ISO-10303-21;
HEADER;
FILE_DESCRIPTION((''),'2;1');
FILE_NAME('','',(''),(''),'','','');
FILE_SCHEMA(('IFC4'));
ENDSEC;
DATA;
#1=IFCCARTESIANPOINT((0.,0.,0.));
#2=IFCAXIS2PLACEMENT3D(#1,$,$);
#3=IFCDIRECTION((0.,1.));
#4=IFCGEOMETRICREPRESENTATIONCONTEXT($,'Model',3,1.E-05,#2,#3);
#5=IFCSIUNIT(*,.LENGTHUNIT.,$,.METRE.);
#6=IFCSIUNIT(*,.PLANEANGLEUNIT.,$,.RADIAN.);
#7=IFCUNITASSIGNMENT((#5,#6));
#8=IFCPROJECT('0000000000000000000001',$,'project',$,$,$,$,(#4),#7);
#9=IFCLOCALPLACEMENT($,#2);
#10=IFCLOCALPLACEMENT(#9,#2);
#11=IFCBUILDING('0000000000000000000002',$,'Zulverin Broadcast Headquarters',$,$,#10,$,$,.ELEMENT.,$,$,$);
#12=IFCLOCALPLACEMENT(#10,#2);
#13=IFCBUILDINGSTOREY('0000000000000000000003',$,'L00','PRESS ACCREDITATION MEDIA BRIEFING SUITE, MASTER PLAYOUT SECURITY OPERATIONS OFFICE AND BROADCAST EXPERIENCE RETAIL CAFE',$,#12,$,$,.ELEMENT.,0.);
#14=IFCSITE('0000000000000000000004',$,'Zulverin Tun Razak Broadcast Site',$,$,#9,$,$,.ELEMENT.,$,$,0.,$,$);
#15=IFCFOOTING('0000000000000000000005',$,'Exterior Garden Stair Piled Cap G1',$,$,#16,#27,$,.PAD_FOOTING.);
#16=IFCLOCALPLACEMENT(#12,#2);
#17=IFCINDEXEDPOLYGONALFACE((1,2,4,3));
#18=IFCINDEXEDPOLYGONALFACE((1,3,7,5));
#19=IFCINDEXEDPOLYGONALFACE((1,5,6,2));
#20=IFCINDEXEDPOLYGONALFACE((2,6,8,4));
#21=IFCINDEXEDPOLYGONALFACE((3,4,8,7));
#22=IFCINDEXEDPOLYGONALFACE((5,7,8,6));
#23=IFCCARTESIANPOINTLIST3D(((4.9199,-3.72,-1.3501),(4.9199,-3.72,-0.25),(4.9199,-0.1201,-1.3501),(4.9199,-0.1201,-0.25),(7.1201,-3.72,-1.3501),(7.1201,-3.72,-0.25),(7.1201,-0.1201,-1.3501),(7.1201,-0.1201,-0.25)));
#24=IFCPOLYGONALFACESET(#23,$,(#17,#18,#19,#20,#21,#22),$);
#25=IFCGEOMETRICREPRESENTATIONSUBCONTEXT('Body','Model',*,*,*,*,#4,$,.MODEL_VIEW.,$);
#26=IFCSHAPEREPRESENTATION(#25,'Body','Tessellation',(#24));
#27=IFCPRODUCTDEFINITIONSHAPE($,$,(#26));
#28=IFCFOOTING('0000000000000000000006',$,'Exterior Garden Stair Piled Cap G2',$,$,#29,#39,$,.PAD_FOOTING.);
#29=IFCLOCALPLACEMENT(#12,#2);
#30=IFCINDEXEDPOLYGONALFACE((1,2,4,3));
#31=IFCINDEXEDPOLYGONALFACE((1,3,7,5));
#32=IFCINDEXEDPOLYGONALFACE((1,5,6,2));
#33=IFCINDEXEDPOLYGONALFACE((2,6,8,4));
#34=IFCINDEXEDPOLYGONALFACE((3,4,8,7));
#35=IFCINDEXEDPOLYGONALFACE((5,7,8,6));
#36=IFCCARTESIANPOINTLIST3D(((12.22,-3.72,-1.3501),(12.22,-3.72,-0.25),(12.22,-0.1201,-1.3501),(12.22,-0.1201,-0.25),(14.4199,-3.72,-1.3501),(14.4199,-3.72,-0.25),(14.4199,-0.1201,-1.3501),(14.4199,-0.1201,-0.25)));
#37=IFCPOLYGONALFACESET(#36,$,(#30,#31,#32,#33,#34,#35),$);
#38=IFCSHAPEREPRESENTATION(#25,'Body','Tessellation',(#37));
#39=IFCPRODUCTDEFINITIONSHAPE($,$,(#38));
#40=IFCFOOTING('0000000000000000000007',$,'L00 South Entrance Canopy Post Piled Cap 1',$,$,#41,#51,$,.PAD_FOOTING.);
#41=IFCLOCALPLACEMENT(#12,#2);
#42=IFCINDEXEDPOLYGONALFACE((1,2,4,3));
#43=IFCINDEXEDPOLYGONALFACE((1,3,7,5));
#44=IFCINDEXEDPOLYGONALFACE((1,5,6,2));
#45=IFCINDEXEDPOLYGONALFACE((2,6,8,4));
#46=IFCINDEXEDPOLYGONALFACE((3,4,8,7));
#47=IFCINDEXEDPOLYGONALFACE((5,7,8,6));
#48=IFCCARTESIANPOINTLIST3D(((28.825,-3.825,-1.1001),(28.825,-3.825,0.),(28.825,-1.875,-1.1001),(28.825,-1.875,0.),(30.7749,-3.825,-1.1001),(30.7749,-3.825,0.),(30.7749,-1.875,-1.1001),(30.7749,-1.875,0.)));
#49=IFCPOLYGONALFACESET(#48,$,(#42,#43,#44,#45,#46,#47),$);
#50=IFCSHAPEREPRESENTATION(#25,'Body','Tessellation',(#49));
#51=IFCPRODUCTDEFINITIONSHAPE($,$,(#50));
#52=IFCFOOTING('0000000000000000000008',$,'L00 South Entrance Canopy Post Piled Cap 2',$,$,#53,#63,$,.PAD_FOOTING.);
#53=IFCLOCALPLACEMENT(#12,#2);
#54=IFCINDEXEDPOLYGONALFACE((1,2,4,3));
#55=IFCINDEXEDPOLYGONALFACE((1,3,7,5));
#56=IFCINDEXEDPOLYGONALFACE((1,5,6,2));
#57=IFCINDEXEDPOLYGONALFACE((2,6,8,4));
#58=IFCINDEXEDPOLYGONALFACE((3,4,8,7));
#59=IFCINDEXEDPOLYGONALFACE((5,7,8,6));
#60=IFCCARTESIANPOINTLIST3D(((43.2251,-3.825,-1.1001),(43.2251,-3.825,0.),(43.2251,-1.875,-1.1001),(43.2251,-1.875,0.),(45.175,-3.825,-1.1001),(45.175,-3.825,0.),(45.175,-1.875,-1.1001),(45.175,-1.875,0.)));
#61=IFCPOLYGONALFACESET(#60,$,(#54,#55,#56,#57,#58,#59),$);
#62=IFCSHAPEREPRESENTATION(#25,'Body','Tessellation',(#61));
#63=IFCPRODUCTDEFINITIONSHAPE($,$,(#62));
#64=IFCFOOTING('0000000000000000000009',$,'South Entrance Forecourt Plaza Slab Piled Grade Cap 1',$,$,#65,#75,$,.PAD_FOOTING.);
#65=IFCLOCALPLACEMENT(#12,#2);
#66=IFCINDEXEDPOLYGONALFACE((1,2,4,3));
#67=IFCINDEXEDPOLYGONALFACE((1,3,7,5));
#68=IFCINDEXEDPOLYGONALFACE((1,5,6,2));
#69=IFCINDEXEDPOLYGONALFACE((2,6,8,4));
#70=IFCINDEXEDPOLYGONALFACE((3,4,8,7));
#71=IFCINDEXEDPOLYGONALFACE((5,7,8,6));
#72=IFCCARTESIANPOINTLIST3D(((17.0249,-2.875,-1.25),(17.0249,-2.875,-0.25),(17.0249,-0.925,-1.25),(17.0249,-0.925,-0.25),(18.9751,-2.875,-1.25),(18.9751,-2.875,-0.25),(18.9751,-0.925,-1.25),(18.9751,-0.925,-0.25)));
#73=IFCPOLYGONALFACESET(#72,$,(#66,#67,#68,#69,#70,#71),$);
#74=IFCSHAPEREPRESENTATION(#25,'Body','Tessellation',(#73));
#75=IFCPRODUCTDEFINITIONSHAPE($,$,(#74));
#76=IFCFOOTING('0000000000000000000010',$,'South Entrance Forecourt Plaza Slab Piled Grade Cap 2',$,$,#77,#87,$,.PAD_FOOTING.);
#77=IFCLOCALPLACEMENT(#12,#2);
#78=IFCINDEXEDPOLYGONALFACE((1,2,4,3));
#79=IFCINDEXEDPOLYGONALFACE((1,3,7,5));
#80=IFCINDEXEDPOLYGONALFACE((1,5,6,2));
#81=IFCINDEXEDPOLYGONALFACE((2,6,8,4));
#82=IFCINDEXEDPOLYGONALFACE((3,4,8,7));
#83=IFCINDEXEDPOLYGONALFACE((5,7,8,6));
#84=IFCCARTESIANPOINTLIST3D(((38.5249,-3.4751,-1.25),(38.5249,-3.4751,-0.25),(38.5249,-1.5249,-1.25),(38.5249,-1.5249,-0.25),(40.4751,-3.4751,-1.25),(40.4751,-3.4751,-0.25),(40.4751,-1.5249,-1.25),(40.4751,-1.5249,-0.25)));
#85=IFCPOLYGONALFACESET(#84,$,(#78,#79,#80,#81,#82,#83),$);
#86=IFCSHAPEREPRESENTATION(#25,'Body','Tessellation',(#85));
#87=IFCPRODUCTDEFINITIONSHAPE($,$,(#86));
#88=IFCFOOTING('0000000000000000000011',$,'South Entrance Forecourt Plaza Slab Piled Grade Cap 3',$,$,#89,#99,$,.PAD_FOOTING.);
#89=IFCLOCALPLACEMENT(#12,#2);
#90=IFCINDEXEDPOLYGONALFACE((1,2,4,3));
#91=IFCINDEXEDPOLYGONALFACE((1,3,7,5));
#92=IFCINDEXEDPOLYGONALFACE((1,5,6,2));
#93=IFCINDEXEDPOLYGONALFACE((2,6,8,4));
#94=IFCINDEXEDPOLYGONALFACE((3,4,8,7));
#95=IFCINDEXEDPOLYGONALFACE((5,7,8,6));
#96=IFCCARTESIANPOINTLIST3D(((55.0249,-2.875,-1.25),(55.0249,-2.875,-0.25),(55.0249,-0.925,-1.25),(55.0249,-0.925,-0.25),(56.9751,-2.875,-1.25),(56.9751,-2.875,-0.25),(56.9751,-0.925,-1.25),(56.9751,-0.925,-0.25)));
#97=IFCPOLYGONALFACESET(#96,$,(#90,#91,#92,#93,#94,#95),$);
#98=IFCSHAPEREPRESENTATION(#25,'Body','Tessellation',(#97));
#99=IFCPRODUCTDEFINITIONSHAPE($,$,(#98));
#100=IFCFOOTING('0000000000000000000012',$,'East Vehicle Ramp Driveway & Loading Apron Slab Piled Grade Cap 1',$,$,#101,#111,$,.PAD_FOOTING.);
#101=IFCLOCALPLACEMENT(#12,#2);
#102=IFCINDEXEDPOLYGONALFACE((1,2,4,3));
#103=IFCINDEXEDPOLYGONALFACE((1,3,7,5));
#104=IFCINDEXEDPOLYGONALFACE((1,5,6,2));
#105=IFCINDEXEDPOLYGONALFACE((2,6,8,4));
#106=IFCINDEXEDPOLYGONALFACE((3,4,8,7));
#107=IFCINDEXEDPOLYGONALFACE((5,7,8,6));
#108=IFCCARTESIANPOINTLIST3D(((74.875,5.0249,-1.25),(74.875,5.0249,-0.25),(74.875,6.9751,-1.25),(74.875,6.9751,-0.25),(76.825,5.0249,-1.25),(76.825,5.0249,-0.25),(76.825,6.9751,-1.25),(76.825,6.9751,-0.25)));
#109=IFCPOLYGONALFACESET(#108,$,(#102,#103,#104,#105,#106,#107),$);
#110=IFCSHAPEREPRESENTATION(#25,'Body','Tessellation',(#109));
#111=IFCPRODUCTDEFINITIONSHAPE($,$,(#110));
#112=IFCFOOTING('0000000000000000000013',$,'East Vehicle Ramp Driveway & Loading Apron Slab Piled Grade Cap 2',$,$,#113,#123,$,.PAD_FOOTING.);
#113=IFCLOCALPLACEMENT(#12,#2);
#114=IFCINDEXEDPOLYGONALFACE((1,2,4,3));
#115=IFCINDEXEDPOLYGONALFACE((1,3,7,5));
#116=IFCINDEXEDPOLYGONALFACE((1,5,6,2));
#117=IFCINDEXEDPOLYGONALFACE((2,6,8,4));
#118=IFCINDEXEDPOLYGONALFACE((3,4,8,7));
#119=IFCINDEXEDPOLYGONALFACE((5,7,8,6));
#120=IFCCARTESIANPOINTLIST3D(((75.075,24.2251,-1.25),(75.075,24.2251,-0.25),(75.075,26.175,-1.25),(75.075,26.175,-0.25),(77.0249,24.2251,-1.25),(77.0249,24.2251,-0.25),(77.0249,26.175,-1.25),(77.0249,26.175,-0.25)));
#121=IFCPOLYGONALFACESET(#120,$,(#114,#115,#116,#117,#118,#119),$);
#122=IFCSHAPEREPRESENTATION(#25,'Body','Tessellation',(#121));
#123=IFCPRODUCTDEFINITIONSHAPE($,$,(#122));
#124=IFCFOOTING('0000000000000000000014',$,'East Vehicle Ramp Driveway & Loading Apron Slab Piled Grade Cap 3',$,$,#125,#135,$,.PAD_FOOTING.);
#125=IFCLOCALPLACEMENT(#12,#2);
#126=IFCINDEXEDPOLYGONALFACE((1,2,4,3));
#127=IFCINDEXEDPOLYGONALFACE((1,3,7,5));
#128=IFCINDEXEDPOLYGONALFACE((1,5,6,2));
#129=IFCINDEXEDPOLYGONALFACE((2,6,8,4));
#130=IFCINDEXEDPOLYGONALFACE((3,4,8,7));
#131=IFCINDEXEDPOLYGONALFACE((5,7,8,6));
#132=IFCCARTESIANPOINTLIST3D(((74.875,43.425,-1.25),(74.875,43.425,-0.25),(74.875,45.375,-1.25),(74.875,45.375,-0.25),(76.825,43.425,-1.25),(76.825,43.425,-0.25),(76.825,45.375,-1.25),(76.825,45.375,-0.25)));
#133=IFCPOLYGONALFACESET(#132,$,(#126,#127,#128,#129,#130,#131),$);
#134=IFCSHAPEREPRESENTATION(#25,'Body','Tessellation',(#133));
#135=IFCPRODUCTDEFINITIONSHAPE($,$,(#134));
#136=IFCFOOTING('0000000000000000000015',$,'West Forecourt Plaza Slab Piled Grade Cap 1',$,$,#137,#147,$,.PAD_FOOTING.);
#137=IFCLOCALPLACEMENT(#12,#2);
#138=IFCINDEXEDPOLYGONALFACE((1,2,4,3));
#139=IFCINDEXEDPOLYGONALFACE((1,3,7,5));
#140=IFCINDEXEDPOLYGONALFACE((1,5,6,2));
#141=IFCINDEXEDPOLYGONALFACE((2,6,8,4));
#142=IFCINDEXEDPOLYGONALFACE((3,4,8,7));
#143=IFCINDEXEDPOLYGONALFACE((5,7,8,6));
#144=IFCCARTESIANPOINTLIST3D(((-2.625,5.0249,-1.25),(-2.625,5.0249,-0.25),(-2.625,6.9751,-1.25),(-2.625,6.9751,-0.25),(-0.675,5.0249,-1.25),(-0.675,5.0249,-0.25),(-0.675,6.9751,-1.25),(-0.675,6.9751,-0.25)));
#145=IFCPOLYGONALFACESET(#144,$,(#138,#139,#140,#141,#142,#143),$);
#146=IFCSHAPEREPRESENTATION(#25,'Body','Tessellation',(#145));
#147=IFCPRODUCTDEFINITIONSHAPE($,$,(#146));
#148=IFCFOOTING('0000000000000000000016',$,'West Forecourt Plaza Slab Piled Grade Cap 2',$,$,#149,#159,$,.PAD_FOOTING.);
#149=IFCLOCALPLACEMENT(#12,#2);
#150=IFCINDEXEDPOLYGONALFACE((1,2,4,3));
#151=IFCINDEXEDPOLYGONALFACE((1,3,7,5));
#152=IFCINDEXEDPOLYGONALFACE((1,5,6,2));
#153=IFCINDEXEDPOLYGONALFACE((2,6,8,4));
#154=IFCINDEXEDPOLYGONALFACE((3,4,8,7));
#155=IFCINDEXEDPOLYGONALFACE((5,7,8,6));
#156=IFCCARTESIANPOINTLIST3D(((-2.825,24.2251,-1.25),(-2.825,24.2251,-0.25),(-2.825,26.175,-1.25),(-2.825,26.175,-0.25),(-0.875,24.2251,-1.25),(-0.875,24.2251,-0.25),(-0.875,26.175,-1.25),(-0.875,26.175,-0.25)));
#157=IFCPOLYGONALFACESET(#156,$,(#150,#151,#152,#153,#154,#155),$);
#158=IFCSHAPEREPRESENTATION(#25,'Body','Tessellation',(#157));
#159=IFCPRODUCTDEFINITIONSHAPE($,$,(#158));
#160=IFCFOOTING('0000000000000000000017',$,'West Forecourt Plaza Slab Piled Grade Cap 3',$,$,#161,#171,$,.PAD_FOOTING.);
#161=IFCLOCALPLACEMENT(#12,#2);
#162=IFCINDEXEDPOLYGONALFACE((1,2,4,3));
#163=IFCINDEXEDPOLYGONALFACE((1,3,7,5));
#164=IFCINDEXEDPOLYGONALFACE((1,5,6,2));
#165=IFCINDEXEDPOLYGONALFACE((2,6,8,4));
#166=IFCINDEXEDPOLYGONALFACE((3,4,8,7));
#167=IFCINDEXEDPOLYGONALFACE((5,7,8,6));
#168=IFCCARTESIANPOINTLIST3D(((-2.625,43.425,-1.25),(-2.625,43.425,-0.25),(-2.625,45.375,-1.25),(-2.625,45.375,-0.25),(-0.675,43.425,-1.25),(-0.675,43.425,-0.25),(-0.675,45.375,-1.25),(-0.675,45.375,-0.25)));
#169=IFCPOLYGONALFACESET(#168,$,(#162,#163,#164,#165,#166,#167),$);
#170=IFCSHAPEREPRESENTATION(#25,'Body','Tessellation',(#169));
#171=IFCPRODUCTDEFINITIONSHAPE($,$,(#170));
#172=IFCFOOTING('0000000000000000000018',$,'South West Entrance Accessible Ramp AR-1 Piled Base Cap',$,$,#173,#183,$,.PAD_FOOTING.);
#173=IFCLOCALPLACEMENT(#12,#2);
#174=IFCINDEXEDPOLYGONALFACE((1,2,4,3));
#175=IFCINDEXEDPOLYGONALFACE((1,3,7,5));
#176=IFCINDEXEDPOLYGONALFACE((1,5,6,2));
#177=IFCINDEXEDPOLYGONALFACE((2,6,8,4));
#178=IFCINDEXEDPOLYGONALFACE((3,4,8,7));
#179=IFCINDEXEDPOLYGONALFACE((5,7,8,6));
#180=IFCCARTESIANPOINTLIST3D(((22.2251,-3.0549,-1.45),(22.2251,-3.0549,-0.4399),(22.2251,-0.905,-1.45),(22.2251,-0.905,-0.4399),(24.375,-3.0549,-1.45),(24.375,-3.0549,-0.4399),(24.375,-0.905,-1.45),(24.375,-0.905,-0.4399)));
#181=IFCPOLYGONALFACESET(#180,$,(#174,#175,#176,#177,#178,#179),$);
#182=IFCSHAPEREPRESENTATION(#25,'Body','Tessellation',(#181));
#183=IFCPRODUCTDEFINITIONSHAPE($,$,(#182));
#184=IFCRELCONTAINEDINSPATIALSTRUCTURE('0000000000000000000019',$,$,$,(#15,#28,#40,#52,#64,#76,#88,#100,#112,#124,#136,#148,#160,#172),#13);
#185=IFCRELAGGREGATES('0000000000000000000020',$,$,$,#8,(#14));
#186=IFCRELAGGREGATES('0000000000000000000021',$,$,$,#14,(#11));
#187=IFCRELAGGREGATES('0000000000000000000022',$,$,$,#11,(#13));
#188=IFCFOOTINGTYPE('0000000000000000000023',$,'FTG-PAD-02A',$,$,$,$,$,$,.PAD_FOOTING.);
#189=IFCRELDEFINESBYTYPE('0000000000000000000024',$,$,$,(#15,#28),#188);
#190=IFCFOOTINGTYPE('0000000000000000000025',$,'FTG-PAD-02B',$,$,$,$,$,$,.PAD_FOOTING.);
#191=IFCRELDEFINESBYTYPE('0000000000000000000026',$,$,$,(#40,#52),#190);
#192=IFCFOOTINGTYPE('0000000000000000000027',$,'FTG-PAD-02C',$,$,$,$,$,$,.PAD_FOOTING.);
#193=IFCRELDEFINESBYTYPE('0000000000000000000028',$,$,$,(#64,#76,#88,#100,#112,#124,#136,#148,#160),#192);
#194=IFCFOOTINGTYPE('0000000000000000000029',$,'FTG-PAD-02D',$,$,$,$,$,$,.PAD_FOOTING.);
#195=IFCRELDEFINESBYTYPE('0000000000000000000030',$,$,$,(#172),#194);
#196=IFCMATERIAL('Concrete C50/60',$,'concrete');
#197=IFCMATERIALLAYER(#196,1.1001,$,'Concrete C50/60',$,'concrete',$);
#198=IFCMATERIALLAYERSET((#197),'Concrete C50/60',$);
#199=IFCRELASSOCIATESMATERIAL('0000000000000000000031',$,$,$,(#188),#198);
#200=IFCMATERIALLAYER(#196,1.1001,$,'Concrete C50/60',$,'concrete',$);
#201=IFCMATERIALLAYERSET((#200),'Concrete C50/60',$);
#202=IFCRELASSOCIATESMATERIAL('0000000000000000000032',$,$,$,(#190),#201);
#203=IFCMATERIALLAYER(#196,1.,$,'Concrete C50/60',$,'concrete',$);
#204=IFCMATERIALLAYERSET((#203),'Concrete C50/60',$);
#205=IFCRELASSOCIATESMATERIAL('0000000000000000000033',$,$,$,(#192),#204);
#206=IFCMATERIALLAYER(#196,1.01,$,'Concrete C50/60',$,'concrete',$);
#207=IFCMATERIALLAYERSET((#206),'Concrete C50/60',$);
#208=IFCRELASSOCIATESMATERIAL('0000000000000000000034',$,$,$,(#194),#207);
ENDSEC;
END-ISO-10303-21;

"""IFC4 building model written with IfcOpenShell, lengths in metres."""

from ifc_helpers import new_model, si_unit, direction, frame, origin, place, context, subcontext, project, spatial, polyline, outline, extrude, material, layer, layer_set, type_object, element, save


model = new_model("IFC4")

# Units and contexts
model_context = context("Model", 3, precision=1e-05, world=origin(), true_north=direction((0.0, 1.0)))
body_context = subcontext(model_context, "Body", "Model", "MODEL_VIEW")
ifc_project = project(units=[si_unit("LENGTHUNIT", "METRE"), si_unit("PLANEANGLEUNIT", "RADIAN")], contexts=[model_context])

# Site, building, storey
site_placement = place(None, origin())
site = spatial("IfcSite", under=ifc_project, at=site_placement, Name="Zulverin Tun Razak Broadcast Site", CompositionType="ELEMENT", RefElevation=0.0)
building_placement = place(site_placement, origin())
building = spatial("IfcBuilding", under=site, at=building_placement, Name="Zulverin Broadcast Headquarters", CompositionType="ELEMENT")
storey_placement = place(building_placement, origin())
storey = spatial("IfcBuildingStorey", under=building, at=storey_placement, Name="L00", Description="PRESS ACCREDITATION MEDIA BRIEFING SUITE, MASTER PLAYOUT SECURITY OPERATIONS OFFICE AND BROADCAST EXPERIENCE RETAIL CAFE", CompositionType="ELEMENT", Elevation=0.0)

# Footings
ifc_material_1 = material(Name="Concrete C50/60", Category="concrete")
ifc_layer_1 = layer(ifc_material_1, 1.1001, Name="Concrete C50/60", Category="concrete")
ifc_layer_set_1 = layer_set([ifc_layer_1], Name="Concrete C50/60")
footing_type_1 = type_object("IfcFootingType", Name="FTG-PAD-02A", PredefinedType="PAD_FOOTING", material=ifc_layer_set_1)
footing_1_placement = place(storey_placement, frame((0.0, 0.0, -1.3501)))
element("IfcFooting", 1, at=footing_1_placement, inside=storey, type_object=footing_type_1, Name="Exterior Garden Stair Piled Cap G1", PredefinedType="PAD_FOOTING", context=body_context, shape_type="SweptSolid", body=[
    extrude(outline(polyline([(4.9199, -3.72), (7.1201, -3.72), (7.1201, -0.1201), (4.9199, -0.1201), (4.9199, -3.72)])), origin(), (0.0, 0.0, 1.0), 1.1001),
])
footing_2_placement = place(storey_placement, frame((0.0, 0.0, -1.3501)))
element("IfcFooting", 2, at=footing_2_placement, inside=storey, type_object=footing_type_1, Name="Exterior Garden Stair Piled Cap G2", PredefinedType="PAD_FOOTING", context=body_context, shape_type="SweptSolid", body=[
    extrude(outline(polyline([(12.22, -3.72), (14.4199, -3.72), (14.4199, -0.1201), (12.22, -0.1201), (12.22, -3.72)])), origin(), (0.0, 0.0, 1.0), 1.1001),
])
ifc_layer_2 = layer(ifc_material_1, 1.1001, Name="Concrete C50/60", Category="concrete")
ifc_layer_set_2 = layer_set([ifc_layer_2], Name="Concrete C50/60")
footing_type_2 = type_object("IfcFootingType", Name="FTG-PAD-02B", PredefinedType="PAD_FOOTING", material=ifc_layer_set_2)
footing_3_placement = place(storey_placement, frame((0.0, 0.0, -1.1001)))
element("IfcFooting", 3, at=footing_3_placement, inside=storey, type_object=footing_type_2, Name="L00 South Entrance Canopy Post Piled Cap 1", PredefinedType="PAD_FOOTING", context=body_context, shape_type="SweptSolid", body=[
    extrude(outline(polyline([(28.825, -3.825), (30.7749, -3.825), (30.7749, -1.875), (28.825, -1.875), (28.825, -3.825)])), origin(), (0.0, 0.0, 1.0), 1.1001),
])
footing_4_placement = place(storey_placement, frame((0.0, 0.0, -1.1001)))
element("IfcFooting", 4, at=footing_4_placement, inside=storey, type_object=footing_type_2, Name="L00 South Entrance Canopy Post Piled Cap 2", PredefinedType="PAD_FOOTING", context=body_context, shape_type="SweptSolid", body=[
    extrude(outline(polyline([(43.2251, -3.825), (45.175, -3.825), (45.175, -1.875), (43.2251, -1.875), (43.2251, -3.825)])), origin(), (0.0, 0.0, 1.0), 1.1001),
])
ifc_layer_3 = layer(ifc_material_1, 1.0, Name="Concrete C50/60", Category="concrete")
ifc_layer_set_3 = layer_set([ifc_layer_3], Name="Concrete C50/60")
footing_type_3 = type_object("IfcFootingType", Name="FTG-PAD-02C", PredefinedType="PAD_FOOTING", material=ifc_layer_set_3)
footing_5_placement = place(storey_placement, frame((0.0, 0.0, -1.25)))
element("IfcFooting", 5, at=footing_5_placement, inside=storey, type_object=footing_type_3, Name="South Entrance Forecourt Plaza Slab Piled Grade Cap 1", PredefinedType="PAD_FOOTING", context=body_context, shape_type="SweptSolid", body=[
    extrude(outline(polyline([(17.0249, -2.875), (18.9751, -2.875), (18.9751, -0.925), (17.0249, -0.925), (17.0249, -2.875)])), origin(), (0.0, 0.0, 1.0), 1.0),
])
footing_6_placement = place(storey_placement, frame((0.0, 0.0, -1.25)))
element("IfcFooting", 6, at=footing_6_placement, inside=storey, type_object=footing_type_3, Name="South Entrance Forecourt Plaza Slab Piled Grade Cap 2", PredefinedType="PAD_FOOTING", context=body_context, shape_type="SweptSolid", body=[
    extrude(outline(polyline([(38.5249, -3.4751), (40.4751, -3.4751), (40.4751, -1.5249), (38.5249, -1.5249), (38.5249, -3.4751)])), origin(), (0.0, 0.0, 1.0), 1.0),
])
footing_7_placement = place(storey_placement, frame((0.0, 0.0, -1.25)))
element("IfcFooting", 7, at=footing_7_placement, inside=storey, type_object=footing_type_3, Name="South Entrance Forecourt Plaza Slab Piled Grade Cap 3", PredefinedType="PAD_FOOTING", context=body_context, shape_type="SweptSolid", body=[
    extrude(outline(polyline([(55.0249, -2.875), (56.9751, -2.875), (56.9751, -0.925), (55.0249, -0.925), (55.0249, -2.875)])), origin(), (0.0, 0.0, 1.0), 1.0),
])
footing_8_placement = place(storey_placement, frame((0.0, 0.0, -1.25)))
element("IfcFooting", 8, at=footing_8_placement, inside=storey, type_object=footing_type_3, Name="East Vehicle Ramp Driveway & Loading Apron Slab Piled Grade Cap 1", PredefinedType="PAD_FOOTING", context=body_context, shape_type="SweptSolid", body=[
    extrude(outline(polyline([(74.875, 5.0249), (76.825, 5.0249), (76.825, 6.9751), (74.875, 6.9751), (74.875, 5.0249)])), origin(), (0.0, 0.0, 1.0), 1.0),
])
footing_9_placement = place(storey_placement, frame((0.0, 0.0, -1.25)))
element("IfcFooting", 9, at=footing_9_placement, inside=storey, type_object=footing_type_3, Name="East Vehicle Ramp Driveway & Loading Apron Slab Piled Grade Cap 2", PredefinedType="PAD_FOOTING", context=body_context, shape_type="SweptSolid", body=[
    extrude(outline(polyline([(75.075, 24.2251), (77.0249, 24.2251), (77.0249, 26.175), (75.075, 26.175), (75.075, 24.2251)])), origin(), (0.0, 0.0, 1.0), 1.0),
])
footing_10_placement = place(storey_placement, frame((0.0, 0.0, -1.25)))
element("IfcFooting", 10, at=footing_10_placement, inside=storey, type_object=footing_type_3, Name="East Vehicle Ramp Driveway & Loading Apron Slab Piled Grade Cap 3", PredefinedType="PAD_FOOTING", context=body_context, shape_type="SweptSolid", body=[
    extrude(outline(polyline([(74.875, 43.425), (76.825, 43.425), (76.825, 45.375), (74.875, 45.375), (74.875, 43.425)])), origin(), (0.0, 0.0, 1.0), 1.0),
])
footing_11_placement = place(storey_placement, frame((0.0, 0.0, -1.25)))
element("IfcFooting", 11, at=footing_11_placement, inside=storey, type_object=footing_type_3, Name="West Forecourt Plaza Slab Piled Grade Cap 1", PredefinedType="PAD_FOOTING", context=body_context, shape_type="SweptSolid", body=[
    extrude(outline(polyline([(-2.625, 5.0249), (-0.675, 5.0249), (-0.675, 6.9751), (-2.625, 6.9751), (-2.625, 5.0249)])), origin(), (0.0, 0.0, 1.0), 1.0),
])
footing_12_placement = place(storey_placement, frame((0.0, 0.0, -1.25)))
element("IfcFooting", 12, at=footing_12_placement, inside=storey, type_object=footing_type_3, Name="West Forecourt Plaza Slab Piled Grade Cap 2", PredefinedType="PAD_FOOTING", context=body_context, shape_type="SweptSolid", body=[
    extrude(outline(polyline([(-2.825, 24.2251), (-0.875, 24.2251), (-0.875, 26.175), (-2.825, 26.175), (-2.825, 24.2251)])), origin(), (0.0, 0.0, 1.0), 1.0),
])
footing_13_placement = place(storey_placement, frame((0.0, 0.0, -1.25)))
element("IfcFooting", 13, at=footing_13_placement, inside=storey, type_object=footing_type_3, Name="West Forecourt Plaza Slab Piled Grade Cap 3", PredefinedType="PAD_FOOTING", context=body_context, shape_type="SweptSolid", body=[
    extrude(outline(polyline([(-2.625, 43.425), (-0.675, 43.425), (-0.675, 45.375), (-2.625, 45.375), (-2.625, 43.425)])), origin(), (0.0, 0.0, 1.0), 1.0),
])
ifc_layer_4 = layer(ifc_material_1, 1.01, Name="Concrete C50/60", Category="concrete")
ifc_layer_set_4 = layer_set([ifc_layer_4], Name="Concrete C50/60")
footing_type_4 = type_object("IfcFootingType", Name="FTG-PAD-02D", PredefinedType="PAD_FOOTING", material=ifc_layer_set_4)
footing_14_placement = place(storey_placement, frame((0.0, 0.0, -1.45)))
element("IfcFooting", 14, at=footing_14_placement, inside=storey, type_object=footing_type_4, Name="South West Entrance Accessible Ramp AR-1 Piled Base Cap", PredefinedType="PAD_FOOTING", context=body_context, shape_type="SweptSolid", body=[
    extrude(outline(polyline([(22.2251, -3.0549), (24.375, -3.0549), (24.375, -0.905), (22.2251, -0.905), (22.2251, -3.0549)])), origin(), (0.0, 0.0, 1.0), 1.01),
])

save(model, "model.ifc")
